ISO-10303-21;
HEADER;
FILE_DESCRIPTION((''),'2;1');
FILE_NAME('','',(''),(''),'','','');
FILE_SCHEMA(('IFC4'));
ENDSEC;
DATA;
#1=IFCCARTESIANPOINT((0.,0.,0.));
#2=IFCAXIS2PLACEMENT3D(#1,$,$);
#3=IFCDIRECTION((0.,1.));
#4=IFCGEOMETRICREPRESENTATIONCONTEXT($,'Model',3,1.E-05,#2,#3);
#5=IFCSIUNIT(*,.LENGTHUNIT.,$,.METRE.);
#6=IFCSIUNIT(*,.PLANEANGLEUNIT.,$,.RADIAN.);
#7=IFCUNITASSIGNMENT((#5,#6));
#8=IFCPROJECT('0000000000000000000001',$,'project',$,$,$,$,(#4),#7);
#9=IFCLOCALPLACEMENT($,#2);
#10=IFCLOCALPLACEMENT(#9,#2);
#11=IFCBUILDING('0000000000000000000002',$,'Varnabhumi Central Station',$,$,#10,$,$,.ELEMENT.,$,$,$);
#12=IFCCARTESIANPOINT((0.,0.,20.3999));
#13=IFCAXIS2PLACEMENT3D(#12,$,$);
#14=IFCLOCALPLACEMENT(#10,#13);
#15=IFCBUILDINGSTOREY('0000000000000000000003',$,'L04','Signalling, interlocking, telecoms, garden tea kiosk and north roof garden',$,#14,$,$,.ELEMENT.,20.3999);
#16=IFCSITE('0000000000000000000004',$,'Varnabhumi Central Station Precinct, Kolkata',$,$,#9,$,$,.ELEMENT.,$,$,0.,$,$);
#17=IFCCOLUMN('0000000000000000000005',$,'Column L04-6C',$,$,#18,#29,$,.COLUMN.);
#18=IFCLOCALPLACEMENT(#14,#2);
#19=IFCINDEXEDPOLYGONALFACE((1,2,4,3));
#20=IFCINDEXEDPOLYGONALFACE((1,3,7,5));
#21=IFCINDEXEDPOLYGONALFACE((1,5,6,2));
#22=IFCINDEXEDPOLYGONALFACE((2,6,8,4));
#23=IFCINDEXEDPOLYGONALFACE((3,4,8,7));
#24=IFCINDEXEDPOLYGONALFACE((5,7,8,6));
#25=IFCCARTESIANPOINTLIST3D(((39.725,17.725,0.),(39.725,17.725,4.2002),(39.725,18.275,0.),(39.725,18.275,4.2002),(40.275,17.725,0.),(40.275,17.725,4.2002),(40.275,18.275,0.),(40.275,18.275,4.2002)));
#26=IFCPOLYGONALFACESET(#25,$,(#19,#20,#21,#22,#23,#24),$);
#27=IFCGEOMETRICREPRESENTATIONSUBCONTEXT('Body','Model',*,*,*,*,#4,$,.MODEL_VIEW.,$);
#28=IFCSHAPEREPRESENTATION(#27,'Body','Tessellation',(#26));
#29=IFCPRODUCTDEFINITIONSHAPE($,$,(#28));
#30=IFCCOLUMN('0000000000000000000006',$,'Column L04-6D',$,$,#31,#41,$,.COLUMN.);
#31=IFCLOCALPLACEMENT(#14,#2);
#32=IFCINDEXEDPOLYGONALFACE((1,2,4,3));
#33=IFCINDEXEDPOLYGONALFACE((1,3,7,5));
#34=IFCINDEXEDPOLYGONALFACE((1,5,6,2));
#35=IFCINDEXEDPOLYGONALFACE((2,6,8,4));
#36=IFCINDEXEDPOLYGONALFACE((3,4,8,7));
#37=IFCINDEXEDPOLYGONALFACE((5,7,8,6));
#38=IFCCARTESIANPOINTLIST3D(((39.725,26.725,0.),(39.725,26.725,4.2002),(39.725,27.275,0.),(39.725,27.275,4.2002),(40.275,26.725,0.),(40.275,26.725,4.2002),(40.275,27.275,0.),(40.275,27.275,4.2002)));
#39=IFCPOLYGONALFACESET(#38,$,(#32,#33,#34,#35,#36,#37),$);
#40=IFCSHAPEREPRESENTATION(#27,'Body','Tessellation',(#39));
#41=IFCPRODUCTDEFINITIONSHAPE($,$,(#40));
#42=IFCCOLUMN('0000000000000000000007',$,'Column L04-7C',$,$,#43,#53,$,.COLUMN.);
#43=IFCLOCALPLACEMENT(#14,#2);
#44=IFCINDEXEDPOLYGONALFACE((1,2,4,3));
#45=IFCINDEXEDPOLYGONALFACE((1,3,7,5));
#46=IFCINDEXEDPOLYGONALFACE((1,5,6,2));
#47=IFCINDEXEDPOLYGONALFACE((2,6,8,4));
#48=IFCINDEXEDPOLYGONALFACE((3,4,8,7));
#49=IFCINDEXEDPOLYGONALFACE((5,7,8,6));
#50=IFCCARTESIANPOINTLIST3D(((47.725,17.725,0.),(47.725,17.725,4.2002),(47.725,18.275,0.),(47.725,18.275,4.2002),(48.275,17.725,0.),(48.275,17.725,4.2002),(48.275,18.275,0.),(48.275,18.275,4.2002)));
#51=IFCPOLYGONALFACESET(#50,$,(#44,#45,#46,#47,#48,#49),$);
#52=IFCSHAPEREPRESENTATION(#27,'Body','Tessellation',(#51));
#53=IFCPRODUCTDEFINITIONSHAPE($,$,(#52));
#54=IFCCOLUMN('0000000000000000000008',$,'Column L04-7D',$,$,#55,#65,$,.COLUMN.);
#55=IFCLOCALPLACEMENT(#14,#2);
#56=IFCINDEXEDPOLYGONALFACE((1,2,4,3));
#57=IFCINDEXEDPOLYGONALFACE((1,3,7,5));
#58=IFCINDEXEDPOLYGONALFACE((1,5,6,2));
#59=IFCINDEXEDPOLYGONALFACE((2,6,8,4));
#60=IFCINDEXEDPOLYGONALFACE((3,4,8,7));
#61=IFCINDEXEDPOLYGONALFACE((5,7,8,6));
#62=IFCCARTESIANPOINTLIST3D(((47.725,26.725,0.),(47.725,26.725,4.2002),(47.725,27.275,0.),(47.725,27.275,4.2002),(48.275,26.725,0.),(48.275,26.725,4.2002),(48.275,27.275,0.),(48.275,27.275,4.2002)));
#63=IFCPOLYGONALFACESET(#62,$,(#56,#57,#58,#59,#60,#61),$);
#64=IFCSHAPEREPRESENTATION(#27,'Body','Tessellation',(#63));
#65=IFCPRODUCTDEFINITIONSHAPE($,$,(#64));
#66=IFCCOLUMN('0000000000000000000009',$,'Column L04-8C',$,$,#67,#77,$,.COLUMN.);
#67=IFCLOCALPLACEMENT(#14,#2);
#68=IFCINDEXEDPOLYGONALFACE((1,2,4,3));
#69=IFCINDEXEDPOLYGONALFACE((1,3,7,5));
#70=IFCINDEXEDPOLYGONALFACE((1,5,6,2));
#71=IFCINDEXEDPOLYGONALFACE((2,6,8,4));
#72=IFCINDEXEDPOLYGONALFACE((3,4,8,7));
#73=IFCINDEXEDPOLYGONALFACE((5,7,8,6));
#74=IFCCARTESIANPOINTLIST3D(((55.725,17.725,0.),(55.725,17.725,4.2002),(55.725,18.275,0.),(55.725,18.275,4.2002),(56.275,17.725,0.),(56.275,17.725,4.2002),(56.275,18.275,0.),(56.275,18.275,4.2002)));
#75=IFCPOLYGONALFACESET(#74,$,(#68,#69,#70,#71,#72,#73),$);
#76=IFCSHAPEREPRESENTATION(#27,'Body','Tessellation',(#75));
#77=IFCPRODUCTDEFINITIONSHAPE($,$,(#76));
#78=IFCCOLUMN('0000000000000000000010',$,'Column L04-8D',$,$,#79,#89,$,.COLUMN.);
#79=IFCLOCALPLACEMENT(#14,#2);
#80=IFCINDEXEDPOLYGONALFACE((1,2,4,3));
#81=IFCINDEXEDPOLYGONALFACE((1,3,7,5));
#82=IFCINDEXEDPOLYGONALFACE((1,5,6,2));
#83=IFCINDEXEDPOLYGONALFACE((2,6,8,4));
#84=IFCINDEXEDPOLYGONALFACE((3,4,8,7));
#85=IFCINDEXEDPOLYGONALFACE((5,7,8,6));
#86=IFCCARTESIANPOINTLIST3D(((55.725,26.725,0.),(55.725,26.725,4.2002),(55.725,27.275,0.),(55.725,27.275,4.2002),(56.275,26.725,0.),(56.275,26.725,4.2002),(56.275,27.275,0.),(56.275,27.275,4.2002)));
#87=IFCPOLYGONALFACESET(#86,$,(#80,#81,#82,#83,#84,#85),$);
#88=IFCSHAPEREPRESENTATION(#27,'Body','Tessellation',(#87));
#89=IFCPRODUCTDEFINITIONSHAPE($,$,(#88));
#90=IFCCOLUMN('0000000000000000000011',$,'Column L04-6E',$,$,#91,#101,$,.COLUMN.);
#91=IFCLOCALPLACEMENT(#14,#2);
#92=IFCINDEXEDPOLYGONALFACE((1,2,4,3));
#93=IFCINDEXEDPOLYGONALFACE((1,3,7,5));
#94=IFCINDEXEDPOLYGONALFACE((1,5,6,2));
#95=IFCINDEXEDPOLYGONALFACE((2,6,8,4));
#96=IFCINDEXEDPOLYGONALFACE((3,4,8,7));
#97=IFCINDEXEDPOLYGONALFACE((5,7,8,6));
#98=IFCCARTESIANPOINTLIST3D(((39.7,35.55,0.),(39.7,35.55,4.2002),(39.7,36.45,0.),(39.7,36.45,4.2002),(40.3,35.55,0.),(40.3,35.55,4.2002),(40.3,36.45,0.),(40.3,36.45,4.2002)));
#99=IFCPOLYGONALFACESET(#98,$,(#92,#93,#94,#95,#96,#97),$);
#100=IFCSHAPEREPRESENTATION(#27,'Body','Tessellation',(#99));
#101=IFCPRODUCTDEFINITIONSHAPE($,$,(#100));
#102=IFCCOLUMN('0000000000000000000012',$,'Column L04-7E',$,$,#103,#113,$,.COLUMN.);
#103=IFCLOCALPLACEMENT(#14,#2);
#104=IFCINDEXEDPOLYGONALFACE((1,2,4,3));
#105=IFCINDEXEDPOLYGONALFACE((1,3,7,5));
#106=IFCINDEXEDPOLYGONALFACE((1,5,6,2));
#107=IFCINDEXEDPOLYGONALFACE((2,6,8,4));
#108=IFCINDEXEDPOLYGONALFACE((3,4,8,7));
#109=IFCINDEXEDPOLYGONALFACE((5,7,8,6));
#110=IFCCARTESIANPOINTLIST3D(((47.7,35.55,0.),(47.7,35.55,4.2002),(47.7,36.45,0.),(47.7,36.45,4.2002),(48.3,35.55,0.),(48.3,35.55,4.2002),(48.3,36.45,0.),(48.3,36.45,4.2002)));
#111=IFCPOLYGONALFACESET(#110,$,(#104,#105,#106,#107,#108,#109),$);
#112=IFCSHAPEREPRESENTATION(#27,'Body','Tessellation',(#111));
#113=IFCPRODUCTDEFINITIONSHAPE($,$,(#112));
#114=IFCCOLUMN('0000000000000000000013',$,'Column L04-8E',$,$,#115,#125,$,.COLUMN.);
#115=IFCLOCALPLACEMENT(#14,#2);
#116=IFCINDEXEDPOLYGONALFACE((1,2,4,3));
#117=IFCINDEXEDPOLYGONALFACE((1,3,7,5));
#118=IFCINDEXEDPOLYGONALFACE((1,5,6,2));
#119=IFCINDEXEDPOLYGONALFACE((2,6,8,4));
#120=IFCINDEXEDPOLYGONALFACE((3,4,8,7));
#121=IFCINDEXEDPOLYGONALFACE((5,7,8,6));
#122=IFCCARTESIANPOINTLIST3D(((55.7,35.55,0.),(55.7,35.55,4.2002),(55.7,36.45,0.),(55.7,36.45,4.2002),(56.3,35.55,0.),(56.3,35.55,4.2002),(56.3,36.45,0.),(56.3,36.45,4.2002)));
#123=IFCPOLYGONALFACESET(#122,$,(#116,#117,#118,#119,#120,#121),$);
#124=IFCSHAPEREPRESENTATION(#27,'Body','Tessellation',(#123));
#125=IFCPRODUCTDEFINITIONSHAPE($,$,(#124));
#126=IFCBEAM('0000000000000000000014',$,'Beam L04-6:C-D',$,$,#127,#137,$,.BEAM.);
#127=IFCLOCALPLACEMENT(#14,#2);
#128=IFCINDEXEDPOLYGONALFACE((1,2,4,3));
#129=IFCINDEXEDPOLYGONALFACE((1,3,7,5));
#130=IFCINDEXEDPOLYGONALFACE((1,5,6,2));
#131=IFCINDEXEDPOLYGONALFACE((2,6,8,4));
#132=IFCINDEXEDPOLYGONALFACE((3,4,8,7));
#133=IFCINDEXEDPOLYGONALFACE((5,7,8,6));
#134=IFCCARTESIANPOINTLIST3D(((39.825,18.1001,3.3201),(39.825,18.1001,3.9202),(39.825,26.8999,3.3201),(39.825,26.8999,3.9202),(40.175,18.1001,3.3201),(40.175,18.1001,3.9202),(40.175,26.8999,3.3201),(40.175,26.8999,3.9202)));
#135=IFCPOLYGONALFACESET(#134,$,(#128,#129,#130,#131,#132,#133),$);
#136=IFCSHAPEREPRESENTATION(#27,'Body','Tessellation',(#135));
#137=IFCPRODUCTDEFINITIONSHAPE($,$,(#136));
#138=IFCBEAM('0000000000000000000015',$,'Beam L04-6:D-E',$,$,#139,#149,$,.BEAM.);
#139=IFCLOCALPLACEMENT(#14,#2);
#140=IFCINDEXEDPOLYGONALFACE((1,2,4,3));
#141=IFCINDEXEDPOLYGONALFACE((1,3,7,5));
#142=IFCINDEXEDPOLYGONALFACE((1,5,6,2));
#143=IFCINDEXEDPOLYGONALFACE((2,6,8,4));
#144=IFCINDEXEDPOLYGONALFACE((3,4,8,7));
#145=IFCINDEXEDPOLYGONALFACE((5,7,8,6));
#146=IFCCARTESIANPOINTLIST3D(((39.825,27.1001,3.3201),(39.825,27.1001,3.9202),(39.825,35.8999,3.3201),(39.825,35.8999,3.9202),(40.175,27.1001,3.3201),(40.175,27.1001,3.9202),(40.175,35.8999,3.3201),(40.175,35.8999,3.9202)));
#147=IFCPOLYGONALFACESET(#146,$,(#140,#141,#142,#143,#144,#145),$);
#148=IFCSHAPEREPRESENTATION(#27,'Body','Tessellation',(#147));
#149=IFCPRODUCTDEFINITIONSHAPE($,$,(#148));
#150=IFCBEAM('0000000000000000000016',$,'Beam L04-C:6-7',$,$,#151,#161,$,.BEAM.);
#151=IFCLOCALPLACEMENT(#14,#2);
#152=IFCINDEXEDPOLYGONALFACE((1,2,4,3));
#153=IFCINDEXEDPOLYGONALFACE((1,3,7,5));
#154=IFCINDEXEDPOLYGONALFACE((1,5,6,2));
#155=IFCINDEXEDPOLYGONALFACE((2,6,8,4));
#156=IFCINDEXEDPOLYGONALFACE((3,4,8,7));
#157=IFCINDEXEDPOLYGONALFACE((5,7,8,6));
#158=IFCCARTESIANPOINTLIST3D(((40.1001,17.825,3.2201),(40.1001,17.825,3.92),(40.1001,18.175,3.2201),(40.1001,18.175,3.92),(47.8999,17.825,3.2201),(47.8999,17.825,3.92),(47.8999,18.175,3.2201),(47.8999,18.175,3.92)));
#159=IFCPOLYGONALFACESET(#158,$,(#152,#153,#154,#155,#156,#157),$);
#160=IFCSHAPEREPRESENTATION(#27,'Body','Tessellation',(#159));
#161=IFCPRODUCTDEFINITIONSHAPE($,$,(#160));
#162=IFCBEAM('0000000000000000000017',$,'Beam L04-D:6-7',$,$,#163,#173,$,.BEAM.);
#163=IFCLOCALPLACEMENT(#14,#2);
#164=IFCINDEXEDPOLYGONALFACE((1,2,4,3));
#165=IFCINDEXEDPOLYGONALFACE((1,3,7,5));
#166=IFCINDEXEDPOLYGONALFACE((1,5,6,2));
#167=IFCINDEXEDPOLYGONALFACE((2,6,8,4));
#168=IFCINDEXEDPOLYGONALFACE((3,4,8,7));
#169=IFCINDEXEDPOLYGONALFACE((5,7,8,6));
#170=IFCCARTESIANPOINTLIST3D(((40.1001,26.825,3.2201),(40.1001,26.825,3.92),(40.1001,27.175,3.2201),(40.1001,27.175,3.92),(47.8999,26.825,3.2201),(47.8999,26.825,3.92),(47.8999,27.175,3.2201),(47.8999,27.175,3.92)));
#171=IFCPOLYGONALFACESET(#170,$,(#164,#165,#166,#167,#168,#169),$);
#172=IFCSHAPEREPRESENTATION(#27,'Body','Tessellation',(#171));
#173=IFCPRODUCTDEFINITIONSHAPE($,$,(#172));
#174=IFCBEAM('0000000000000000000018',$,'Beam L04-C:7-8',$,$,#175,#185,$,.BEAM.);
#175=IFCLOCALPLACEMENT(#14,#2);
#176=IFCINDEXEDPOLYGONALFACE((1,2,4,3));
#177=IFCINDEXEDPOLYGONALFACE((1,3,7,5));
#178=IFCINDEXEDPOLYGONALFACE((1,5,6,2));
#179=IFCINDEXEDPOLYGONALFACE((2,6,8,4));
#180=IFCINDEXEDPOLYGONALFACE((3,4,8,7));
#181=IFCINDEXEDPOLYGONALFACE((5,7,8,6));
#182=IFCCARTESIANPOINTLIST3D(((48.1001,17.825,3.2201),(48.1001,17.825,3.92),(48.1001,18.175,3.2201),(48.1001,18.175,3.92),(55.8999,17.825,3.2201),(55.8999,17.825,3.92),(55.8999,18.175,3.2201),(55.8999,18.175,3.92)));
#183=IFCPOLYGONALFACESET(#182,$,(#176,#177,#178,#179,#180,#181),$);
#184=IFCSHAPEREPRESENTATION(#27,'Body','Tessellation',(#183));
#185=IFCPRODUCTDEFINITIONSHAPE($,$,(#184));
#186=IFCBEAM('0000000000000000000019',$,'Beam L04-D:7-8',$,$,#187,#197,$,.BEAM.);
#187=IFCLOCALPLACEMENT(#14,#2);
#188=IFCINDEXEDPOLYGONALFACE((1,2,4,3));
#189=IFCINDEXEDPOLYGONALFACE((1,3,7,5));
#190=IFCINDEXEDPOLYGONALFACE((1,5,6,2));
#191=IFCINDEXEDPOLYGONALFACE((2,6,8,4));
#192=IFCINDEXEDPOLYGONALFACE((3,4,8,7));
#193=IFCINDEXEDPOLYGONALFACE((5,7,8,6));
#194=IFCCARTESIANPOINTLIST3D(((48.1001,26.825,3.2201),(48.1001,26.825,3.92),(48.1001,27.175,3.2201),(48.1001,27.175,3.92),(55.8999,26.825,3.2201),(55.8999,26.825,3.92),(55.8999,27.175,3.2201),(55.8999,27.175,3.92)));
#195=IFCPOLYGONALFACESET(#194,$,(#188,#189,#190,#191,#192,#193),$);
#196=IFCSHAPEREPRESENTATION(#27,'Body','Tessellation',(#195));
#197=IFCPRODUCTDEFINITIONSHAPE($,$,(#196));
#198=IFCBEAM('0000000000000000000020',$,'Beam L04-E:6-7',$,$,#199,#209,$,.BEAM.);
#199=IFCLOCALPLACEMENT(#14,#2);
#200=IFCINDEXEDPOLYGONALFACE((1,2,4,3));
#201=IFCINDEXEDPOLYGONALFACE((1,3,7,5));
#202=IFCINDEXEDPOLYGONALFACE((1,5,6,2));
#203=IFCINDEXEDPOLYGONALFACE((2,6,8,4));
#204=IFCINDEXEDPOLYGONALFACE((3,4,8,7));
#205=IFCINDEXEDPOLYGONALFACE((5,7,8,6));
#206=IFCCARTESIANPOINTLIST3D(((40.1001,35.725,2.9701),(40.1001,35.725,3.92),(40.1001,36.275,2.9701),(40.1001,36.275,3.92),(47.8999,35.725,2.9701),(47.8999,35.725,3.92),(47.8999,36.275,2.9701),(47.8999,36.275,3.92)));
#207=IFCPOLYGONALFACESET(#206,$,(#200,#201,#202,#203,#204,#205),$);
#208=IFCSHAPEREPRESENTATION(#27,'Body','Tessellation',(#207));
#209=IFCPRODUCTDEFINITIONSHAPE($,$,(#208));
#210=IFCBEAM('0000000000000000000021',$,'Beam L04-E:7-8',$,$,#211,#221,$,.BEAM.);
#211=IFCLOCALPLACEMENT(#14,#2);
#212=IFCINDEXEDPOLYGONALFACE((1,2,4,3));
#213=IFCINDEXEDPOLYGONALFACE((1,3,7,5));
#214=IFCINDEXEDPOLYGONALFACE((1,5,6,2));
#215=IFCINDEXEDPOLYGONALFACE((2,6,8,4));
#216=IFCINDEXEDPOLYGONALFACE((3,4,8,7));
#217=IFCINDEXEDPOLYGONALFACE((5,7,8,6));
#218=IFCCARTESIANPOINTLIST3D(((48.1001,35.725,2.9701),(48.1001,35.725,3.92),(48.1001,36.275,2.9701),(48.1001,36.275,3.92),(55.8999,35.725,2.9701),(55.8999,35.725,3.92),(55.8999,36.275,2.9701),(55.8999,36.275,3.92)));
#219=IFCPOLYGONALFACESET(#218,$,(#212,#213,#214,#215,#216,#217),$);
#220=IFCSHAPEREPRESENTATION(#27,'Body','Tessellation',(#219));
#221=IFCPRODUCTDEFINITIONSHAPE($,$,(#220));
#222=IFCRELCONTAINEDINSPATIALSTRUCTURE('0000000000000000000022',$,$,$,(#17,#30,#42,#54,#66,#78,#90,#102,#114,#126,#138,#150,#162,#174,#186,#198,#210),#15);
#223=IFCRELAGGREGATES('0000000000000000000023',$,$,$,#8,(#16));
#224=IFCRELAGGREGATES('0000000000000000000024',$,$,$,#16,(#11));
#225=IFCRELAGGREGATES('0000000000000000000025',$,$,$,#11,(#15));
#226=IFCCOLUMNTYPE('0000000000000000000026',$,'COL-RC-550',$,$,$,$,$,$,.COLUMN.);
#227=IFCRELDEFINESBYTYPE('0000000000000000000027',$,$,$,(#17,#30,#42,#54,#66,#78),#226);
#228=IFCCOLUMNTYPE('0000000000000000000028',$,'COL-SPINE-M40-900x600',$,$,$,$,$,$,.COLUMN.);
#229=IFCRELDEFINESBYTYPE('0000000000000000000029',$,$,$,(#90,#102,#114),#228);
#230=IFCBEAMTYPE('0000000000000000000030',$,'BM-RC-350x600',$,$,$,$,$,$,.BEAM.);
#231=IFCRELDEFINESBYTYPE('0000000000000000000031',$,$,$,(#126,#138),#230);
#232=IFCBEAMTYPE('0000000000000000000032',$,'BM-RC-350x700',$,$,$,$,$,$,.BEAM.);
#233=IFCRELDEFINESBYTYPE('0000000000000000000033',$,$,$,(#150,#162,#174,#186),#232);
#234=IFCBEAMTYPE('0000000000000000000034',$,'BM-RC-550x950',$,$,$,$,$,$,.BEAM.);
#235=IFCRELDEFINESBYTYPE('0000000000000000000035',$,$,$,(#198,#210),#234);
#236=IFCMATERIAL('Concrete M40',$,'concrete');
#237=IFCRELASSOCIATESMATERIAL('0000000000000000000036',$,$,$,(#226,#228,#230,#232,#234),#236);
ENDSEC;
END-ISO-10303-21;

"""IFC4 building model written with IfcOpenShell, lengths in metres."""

from ifc_helpers import new_model, si_unit, direction, frame, origin, origin_2d, place, context, subcontext, project, spatial, rectangle, extrude, material, material_profile, profile_set, type_object, element, save


model = new_model("IFC4")

# Units and contexts
model_context = context("Model", 3, precision=1e-05, world=origin(), true_north=direction((0.0, 1.0)))
body_context = subcontext(model_context, "Body", "Model", "MODEL_VIEW")
ifc_project = project(units=[si_unit("LENGTHUNIT", "METRE"), si_unit("PLANEANGLEUNIT", "RADIAN")], contexts=[model_context])

# Site, building, storey
site_placement = place(None, origin())
site = spatial("IfcSite", under=ifc_project, at=site_placement, Name="Varnabhumi Central Station Precinct, Kolkata", CompositionType="ELEMENT", RefElevation=0.0)
building_placement = place(site_placement, origin())
building = spatial("IfcBuilding", under=site, at=building_placement, Name="Varnabhumi Central Station", CompositionType="ELEMENT")
storey_placement = place(building_placement, frame((0.0, 0.0, 20.3999)))
storey = spatial("IfcBuildingStorey", under=building, at=storey_placement, Name="L04", Description="Signalling, interlocking, telecoms, garden tea kiosk and north roof garden", CompositionType="ELEMENT", Elevation=20.3999)

# Columns
ifc_material_1 = material(Name="Concrete M40", Category="concrete")
ifc_material_profile_1 = material_profile(ifc_material_1, rectangle(XDim=0.55, YDim=0.55, at=origin_2d()), Name="Concrete M40", Category="concrete")
ifc_profile_set_1 = profile_set([ifc_material_profile_1], Name="Concrete M40")
column_type_1 = type_object("IfcColumnType", Name="COL-RC-550", PredefinedType="COLUMN", material=ifc_profile_set_1)
for number, where, z_axis, x_axis, name in (
    (1, (40.0, 18.0, 0.0), (0.0, 0.0, 1.0), (1.0, 0.0, 0.0), "Column L04-6C"),
    (2, (40.0, 27.0, 0.0), (0.0, 0.0, 1.0), (1.0, 0.0, 0.0), "Column L04-6D"),
    (3, (48.0, 18.0, 0.0), (0.0, 0.0, 1.0), (1.0, 0.0, 0.0), "Column L04-7C"),
    (4, (48.0, 27.0, 0.0), (0.0, 0.0, 1.0), (1.0, 0.0, 0.0), "Column L04-7D"),
    (5, (56.0, 18.0, 0.0), (0.0, 0.0, 1.0), (1.0, 0.0, 0.0), "Column L04-8C"),
    (6, (56.0, 27.0, 0.0), (0.0, 0.0, 1.0), (1.0, 0.0, 0.0), "Column L04-8D"),
):
    element("IfcColumn", number, at=place(storey_placement, frame(where, z_axis=z_axis, x_axis=x_axis)), inside=storey, type_object=column_type_1, Name=name, PredefinedType="COLUMN", context=body_context, shape_type="SweptSolid", body=[
        extrude(rectangle(XDim=0.55, YDim=0.55, at=origin_2d()), origin(), (0.0, 0.0, 1.0), 4.2002),
    ])
ifc_material_profile_2 = material_profile(ifc_material_1, rectangle(XDim=0.6001, YDim=0.8999, at=origin_2d()), Name="Concrete M40", Category="concrete")
ifc_profile_set_2 = profile_set([ifc_material_profile_2], Name="Concrete M40")
column_type_2 = type_object("IfcColumnType", Name="COL-SPINE-M40-900x600", PredefinedType="COLUMN", material=ifc_profile_set_2)
for number, where, z_axis, x_axis, name in (
    (7, (40.0, 36.0, 0.0), (0.0, 0.0, 1.0), (1.0, 0.0, 0.0), "Column L04-6E"),
    (8, (48.0, 36.0, 0.0), (0.0, 0.0, 1.0), (1.0, 0.0, 0.0), "Column L04-7E"),
    (9, (56.0, 36.0, 0.0), (0.0, 0.0, 1.0), (1.0, 0.0, 0.0), "Column L04-8E"),
):
    element("IfcColumn", number, at=place(storey_placement, frame(where, z_axis=z_axis, x_axis=x_axis)), inside=storey, type_object=column_type_2, Name=name, PredefinedType="COLUMN", context=body_context, shape_type="SweptSolid", body=[
        extrude(rectangle(XDim=0.6001, YDim=0.8999, at=origin_2d()), origin(), (0.0, 0.0, 1.0), 4.2002),
    ])

# Beams
ifc_material_profile_3 = material_profile(ifc_material_1, rectangle(XDim=0.3501, YDim=0.6001, at=origin_2d()), Name="Concrete M40", Category="concrete")
ifc_profile_set_3 = profile_set([ifc_material_profile_3], Name="Concrete M40")
beam_type_1 = type_object("IfcBeamType", Name="BM-RC-350x600", PredefinedType="BEAM", material=ifc_profile_set_3)
for number, where, z_axis, x_axis, name in (
    (10, (40.0, 18.1001, 3.6201), (0.0, 1.0, 0.0), (-1.0, 0.0, 0.0), "Beam L04-6:C-D"),
    (11, (40.0, 27.1001, 3.6201), (0.0, 1.0, 0.0), (-1.0, 0.0, 0.0), "Beam L04-6:D-E"),
):
    element("IfcBeam", number, at=place(storey_placement, frame(where, z_axis=z_axis, x_axis=x_axis)), inside=storey, type_object=beam_type_1, Name=name, PredefinedType="BEAM", context=body_context, shape_type="SweptSolid", body=[
        extrude(rectangle(XDim=0.3501, YDim=0.6001, at=origin_2d()), origin(), (0.0, 0.0, 1.0), 8.7998),
    ])
ifc_material_profile_4 = material_profile(ifc_material_1, rectangle(XDim=0.3501, YDim=0.7, at=origin_2d()), Name="Concrete M40", Category="concrete")
ifc_profile_set_4 = profile_set([ifc_material_profile_4], Name="Concrete M40")
beam_type_2 = type_object("IfcBeamType", Name="BM-RC-350x700", PredefinedType="BEAM", material=ifc_profile_set_4)
for number, where, z_axis, x_axis, name in (
    (12, (40.1001, 18.0, 3.5701), (1.0, 0.0, 0.0), (0.0, 1.0, 0.0), "Beam L04-C:6-7"),
    (13, (40.1001, 27.0, 3.5701), (1.0, 0.0, 0.0), (0.0, 1.0, 0.0), "Beam L04-D:6-7"),
    (14, (48.1001, 18.0, 3.5701), (1.0, 0.0, 0.0), (0.0, 1.0, 0.0), "Beam L04-C:7-8"),
    (15, (48.1001, 27.0, 3.5701), (1.0, 0.0, 0.0), (0.0, 1.0, 0.0), "Beam L04-D:7-8"),
):
    element("IfcBeam", number, at=place(storey_placement, frame(where, z_axis=z_axis, x_axis=x_axis)), inside=storey, type_object=beam_type_2, Name=name, PredefinedType="BEAM", context=body_context, shape_type="SweptSolid", body=[
        extrude(rectangle(XDim=0.3501, YDim=0.7, at=origin_2d()), origin(), (0.0, 0.0, 1.0), 7.7998),
    ])
ifc_material_profile_5 = material_profile(ifc_material_1, rectangle(XDim=0.55, YDim=0.95, at=origin_2d()), Name="Concrete M40", Category="concrete")
ifc_profile_set_5 = profile_set([ifc_material_profile_5], Name="Concrete M40")
beam_type_3 = type_object("IfcBeamType", Name="BM-RC-550x950", PredefinedType="BEAM", material=ifc_profile_set_5)
for number, where, z_axis, x_axis, name in (
    (16, (40.1001, 36.0, 3.4451), (1.0, 0.0, 0.0), (0.0, 1.0, 0.0), "Beam L04-E:6-7"),
    (17, (48.1001, 36.0, 3.4451), (1.0, 0.0, 0.0), (0.0, 1.0, 0.0), "Beam L04-E:7-8"),
):
    element("IfcBeam", number, at=place(storey_placement, frame(where, z_axis=z_axis, x_axis=x_axis)), inside=storey, type_object=beam_type_3, Name=name, PredefinedType="BEAM", context=body_context, shape_type="SweptSolid", body=[
        extrude(rectangle(XDim=0.55, YDim=0.95, at=origin_2d()), origin(), (0.0, 0.0, 1.0), 7.7998),
    ])

save(model, "model.ifc")
